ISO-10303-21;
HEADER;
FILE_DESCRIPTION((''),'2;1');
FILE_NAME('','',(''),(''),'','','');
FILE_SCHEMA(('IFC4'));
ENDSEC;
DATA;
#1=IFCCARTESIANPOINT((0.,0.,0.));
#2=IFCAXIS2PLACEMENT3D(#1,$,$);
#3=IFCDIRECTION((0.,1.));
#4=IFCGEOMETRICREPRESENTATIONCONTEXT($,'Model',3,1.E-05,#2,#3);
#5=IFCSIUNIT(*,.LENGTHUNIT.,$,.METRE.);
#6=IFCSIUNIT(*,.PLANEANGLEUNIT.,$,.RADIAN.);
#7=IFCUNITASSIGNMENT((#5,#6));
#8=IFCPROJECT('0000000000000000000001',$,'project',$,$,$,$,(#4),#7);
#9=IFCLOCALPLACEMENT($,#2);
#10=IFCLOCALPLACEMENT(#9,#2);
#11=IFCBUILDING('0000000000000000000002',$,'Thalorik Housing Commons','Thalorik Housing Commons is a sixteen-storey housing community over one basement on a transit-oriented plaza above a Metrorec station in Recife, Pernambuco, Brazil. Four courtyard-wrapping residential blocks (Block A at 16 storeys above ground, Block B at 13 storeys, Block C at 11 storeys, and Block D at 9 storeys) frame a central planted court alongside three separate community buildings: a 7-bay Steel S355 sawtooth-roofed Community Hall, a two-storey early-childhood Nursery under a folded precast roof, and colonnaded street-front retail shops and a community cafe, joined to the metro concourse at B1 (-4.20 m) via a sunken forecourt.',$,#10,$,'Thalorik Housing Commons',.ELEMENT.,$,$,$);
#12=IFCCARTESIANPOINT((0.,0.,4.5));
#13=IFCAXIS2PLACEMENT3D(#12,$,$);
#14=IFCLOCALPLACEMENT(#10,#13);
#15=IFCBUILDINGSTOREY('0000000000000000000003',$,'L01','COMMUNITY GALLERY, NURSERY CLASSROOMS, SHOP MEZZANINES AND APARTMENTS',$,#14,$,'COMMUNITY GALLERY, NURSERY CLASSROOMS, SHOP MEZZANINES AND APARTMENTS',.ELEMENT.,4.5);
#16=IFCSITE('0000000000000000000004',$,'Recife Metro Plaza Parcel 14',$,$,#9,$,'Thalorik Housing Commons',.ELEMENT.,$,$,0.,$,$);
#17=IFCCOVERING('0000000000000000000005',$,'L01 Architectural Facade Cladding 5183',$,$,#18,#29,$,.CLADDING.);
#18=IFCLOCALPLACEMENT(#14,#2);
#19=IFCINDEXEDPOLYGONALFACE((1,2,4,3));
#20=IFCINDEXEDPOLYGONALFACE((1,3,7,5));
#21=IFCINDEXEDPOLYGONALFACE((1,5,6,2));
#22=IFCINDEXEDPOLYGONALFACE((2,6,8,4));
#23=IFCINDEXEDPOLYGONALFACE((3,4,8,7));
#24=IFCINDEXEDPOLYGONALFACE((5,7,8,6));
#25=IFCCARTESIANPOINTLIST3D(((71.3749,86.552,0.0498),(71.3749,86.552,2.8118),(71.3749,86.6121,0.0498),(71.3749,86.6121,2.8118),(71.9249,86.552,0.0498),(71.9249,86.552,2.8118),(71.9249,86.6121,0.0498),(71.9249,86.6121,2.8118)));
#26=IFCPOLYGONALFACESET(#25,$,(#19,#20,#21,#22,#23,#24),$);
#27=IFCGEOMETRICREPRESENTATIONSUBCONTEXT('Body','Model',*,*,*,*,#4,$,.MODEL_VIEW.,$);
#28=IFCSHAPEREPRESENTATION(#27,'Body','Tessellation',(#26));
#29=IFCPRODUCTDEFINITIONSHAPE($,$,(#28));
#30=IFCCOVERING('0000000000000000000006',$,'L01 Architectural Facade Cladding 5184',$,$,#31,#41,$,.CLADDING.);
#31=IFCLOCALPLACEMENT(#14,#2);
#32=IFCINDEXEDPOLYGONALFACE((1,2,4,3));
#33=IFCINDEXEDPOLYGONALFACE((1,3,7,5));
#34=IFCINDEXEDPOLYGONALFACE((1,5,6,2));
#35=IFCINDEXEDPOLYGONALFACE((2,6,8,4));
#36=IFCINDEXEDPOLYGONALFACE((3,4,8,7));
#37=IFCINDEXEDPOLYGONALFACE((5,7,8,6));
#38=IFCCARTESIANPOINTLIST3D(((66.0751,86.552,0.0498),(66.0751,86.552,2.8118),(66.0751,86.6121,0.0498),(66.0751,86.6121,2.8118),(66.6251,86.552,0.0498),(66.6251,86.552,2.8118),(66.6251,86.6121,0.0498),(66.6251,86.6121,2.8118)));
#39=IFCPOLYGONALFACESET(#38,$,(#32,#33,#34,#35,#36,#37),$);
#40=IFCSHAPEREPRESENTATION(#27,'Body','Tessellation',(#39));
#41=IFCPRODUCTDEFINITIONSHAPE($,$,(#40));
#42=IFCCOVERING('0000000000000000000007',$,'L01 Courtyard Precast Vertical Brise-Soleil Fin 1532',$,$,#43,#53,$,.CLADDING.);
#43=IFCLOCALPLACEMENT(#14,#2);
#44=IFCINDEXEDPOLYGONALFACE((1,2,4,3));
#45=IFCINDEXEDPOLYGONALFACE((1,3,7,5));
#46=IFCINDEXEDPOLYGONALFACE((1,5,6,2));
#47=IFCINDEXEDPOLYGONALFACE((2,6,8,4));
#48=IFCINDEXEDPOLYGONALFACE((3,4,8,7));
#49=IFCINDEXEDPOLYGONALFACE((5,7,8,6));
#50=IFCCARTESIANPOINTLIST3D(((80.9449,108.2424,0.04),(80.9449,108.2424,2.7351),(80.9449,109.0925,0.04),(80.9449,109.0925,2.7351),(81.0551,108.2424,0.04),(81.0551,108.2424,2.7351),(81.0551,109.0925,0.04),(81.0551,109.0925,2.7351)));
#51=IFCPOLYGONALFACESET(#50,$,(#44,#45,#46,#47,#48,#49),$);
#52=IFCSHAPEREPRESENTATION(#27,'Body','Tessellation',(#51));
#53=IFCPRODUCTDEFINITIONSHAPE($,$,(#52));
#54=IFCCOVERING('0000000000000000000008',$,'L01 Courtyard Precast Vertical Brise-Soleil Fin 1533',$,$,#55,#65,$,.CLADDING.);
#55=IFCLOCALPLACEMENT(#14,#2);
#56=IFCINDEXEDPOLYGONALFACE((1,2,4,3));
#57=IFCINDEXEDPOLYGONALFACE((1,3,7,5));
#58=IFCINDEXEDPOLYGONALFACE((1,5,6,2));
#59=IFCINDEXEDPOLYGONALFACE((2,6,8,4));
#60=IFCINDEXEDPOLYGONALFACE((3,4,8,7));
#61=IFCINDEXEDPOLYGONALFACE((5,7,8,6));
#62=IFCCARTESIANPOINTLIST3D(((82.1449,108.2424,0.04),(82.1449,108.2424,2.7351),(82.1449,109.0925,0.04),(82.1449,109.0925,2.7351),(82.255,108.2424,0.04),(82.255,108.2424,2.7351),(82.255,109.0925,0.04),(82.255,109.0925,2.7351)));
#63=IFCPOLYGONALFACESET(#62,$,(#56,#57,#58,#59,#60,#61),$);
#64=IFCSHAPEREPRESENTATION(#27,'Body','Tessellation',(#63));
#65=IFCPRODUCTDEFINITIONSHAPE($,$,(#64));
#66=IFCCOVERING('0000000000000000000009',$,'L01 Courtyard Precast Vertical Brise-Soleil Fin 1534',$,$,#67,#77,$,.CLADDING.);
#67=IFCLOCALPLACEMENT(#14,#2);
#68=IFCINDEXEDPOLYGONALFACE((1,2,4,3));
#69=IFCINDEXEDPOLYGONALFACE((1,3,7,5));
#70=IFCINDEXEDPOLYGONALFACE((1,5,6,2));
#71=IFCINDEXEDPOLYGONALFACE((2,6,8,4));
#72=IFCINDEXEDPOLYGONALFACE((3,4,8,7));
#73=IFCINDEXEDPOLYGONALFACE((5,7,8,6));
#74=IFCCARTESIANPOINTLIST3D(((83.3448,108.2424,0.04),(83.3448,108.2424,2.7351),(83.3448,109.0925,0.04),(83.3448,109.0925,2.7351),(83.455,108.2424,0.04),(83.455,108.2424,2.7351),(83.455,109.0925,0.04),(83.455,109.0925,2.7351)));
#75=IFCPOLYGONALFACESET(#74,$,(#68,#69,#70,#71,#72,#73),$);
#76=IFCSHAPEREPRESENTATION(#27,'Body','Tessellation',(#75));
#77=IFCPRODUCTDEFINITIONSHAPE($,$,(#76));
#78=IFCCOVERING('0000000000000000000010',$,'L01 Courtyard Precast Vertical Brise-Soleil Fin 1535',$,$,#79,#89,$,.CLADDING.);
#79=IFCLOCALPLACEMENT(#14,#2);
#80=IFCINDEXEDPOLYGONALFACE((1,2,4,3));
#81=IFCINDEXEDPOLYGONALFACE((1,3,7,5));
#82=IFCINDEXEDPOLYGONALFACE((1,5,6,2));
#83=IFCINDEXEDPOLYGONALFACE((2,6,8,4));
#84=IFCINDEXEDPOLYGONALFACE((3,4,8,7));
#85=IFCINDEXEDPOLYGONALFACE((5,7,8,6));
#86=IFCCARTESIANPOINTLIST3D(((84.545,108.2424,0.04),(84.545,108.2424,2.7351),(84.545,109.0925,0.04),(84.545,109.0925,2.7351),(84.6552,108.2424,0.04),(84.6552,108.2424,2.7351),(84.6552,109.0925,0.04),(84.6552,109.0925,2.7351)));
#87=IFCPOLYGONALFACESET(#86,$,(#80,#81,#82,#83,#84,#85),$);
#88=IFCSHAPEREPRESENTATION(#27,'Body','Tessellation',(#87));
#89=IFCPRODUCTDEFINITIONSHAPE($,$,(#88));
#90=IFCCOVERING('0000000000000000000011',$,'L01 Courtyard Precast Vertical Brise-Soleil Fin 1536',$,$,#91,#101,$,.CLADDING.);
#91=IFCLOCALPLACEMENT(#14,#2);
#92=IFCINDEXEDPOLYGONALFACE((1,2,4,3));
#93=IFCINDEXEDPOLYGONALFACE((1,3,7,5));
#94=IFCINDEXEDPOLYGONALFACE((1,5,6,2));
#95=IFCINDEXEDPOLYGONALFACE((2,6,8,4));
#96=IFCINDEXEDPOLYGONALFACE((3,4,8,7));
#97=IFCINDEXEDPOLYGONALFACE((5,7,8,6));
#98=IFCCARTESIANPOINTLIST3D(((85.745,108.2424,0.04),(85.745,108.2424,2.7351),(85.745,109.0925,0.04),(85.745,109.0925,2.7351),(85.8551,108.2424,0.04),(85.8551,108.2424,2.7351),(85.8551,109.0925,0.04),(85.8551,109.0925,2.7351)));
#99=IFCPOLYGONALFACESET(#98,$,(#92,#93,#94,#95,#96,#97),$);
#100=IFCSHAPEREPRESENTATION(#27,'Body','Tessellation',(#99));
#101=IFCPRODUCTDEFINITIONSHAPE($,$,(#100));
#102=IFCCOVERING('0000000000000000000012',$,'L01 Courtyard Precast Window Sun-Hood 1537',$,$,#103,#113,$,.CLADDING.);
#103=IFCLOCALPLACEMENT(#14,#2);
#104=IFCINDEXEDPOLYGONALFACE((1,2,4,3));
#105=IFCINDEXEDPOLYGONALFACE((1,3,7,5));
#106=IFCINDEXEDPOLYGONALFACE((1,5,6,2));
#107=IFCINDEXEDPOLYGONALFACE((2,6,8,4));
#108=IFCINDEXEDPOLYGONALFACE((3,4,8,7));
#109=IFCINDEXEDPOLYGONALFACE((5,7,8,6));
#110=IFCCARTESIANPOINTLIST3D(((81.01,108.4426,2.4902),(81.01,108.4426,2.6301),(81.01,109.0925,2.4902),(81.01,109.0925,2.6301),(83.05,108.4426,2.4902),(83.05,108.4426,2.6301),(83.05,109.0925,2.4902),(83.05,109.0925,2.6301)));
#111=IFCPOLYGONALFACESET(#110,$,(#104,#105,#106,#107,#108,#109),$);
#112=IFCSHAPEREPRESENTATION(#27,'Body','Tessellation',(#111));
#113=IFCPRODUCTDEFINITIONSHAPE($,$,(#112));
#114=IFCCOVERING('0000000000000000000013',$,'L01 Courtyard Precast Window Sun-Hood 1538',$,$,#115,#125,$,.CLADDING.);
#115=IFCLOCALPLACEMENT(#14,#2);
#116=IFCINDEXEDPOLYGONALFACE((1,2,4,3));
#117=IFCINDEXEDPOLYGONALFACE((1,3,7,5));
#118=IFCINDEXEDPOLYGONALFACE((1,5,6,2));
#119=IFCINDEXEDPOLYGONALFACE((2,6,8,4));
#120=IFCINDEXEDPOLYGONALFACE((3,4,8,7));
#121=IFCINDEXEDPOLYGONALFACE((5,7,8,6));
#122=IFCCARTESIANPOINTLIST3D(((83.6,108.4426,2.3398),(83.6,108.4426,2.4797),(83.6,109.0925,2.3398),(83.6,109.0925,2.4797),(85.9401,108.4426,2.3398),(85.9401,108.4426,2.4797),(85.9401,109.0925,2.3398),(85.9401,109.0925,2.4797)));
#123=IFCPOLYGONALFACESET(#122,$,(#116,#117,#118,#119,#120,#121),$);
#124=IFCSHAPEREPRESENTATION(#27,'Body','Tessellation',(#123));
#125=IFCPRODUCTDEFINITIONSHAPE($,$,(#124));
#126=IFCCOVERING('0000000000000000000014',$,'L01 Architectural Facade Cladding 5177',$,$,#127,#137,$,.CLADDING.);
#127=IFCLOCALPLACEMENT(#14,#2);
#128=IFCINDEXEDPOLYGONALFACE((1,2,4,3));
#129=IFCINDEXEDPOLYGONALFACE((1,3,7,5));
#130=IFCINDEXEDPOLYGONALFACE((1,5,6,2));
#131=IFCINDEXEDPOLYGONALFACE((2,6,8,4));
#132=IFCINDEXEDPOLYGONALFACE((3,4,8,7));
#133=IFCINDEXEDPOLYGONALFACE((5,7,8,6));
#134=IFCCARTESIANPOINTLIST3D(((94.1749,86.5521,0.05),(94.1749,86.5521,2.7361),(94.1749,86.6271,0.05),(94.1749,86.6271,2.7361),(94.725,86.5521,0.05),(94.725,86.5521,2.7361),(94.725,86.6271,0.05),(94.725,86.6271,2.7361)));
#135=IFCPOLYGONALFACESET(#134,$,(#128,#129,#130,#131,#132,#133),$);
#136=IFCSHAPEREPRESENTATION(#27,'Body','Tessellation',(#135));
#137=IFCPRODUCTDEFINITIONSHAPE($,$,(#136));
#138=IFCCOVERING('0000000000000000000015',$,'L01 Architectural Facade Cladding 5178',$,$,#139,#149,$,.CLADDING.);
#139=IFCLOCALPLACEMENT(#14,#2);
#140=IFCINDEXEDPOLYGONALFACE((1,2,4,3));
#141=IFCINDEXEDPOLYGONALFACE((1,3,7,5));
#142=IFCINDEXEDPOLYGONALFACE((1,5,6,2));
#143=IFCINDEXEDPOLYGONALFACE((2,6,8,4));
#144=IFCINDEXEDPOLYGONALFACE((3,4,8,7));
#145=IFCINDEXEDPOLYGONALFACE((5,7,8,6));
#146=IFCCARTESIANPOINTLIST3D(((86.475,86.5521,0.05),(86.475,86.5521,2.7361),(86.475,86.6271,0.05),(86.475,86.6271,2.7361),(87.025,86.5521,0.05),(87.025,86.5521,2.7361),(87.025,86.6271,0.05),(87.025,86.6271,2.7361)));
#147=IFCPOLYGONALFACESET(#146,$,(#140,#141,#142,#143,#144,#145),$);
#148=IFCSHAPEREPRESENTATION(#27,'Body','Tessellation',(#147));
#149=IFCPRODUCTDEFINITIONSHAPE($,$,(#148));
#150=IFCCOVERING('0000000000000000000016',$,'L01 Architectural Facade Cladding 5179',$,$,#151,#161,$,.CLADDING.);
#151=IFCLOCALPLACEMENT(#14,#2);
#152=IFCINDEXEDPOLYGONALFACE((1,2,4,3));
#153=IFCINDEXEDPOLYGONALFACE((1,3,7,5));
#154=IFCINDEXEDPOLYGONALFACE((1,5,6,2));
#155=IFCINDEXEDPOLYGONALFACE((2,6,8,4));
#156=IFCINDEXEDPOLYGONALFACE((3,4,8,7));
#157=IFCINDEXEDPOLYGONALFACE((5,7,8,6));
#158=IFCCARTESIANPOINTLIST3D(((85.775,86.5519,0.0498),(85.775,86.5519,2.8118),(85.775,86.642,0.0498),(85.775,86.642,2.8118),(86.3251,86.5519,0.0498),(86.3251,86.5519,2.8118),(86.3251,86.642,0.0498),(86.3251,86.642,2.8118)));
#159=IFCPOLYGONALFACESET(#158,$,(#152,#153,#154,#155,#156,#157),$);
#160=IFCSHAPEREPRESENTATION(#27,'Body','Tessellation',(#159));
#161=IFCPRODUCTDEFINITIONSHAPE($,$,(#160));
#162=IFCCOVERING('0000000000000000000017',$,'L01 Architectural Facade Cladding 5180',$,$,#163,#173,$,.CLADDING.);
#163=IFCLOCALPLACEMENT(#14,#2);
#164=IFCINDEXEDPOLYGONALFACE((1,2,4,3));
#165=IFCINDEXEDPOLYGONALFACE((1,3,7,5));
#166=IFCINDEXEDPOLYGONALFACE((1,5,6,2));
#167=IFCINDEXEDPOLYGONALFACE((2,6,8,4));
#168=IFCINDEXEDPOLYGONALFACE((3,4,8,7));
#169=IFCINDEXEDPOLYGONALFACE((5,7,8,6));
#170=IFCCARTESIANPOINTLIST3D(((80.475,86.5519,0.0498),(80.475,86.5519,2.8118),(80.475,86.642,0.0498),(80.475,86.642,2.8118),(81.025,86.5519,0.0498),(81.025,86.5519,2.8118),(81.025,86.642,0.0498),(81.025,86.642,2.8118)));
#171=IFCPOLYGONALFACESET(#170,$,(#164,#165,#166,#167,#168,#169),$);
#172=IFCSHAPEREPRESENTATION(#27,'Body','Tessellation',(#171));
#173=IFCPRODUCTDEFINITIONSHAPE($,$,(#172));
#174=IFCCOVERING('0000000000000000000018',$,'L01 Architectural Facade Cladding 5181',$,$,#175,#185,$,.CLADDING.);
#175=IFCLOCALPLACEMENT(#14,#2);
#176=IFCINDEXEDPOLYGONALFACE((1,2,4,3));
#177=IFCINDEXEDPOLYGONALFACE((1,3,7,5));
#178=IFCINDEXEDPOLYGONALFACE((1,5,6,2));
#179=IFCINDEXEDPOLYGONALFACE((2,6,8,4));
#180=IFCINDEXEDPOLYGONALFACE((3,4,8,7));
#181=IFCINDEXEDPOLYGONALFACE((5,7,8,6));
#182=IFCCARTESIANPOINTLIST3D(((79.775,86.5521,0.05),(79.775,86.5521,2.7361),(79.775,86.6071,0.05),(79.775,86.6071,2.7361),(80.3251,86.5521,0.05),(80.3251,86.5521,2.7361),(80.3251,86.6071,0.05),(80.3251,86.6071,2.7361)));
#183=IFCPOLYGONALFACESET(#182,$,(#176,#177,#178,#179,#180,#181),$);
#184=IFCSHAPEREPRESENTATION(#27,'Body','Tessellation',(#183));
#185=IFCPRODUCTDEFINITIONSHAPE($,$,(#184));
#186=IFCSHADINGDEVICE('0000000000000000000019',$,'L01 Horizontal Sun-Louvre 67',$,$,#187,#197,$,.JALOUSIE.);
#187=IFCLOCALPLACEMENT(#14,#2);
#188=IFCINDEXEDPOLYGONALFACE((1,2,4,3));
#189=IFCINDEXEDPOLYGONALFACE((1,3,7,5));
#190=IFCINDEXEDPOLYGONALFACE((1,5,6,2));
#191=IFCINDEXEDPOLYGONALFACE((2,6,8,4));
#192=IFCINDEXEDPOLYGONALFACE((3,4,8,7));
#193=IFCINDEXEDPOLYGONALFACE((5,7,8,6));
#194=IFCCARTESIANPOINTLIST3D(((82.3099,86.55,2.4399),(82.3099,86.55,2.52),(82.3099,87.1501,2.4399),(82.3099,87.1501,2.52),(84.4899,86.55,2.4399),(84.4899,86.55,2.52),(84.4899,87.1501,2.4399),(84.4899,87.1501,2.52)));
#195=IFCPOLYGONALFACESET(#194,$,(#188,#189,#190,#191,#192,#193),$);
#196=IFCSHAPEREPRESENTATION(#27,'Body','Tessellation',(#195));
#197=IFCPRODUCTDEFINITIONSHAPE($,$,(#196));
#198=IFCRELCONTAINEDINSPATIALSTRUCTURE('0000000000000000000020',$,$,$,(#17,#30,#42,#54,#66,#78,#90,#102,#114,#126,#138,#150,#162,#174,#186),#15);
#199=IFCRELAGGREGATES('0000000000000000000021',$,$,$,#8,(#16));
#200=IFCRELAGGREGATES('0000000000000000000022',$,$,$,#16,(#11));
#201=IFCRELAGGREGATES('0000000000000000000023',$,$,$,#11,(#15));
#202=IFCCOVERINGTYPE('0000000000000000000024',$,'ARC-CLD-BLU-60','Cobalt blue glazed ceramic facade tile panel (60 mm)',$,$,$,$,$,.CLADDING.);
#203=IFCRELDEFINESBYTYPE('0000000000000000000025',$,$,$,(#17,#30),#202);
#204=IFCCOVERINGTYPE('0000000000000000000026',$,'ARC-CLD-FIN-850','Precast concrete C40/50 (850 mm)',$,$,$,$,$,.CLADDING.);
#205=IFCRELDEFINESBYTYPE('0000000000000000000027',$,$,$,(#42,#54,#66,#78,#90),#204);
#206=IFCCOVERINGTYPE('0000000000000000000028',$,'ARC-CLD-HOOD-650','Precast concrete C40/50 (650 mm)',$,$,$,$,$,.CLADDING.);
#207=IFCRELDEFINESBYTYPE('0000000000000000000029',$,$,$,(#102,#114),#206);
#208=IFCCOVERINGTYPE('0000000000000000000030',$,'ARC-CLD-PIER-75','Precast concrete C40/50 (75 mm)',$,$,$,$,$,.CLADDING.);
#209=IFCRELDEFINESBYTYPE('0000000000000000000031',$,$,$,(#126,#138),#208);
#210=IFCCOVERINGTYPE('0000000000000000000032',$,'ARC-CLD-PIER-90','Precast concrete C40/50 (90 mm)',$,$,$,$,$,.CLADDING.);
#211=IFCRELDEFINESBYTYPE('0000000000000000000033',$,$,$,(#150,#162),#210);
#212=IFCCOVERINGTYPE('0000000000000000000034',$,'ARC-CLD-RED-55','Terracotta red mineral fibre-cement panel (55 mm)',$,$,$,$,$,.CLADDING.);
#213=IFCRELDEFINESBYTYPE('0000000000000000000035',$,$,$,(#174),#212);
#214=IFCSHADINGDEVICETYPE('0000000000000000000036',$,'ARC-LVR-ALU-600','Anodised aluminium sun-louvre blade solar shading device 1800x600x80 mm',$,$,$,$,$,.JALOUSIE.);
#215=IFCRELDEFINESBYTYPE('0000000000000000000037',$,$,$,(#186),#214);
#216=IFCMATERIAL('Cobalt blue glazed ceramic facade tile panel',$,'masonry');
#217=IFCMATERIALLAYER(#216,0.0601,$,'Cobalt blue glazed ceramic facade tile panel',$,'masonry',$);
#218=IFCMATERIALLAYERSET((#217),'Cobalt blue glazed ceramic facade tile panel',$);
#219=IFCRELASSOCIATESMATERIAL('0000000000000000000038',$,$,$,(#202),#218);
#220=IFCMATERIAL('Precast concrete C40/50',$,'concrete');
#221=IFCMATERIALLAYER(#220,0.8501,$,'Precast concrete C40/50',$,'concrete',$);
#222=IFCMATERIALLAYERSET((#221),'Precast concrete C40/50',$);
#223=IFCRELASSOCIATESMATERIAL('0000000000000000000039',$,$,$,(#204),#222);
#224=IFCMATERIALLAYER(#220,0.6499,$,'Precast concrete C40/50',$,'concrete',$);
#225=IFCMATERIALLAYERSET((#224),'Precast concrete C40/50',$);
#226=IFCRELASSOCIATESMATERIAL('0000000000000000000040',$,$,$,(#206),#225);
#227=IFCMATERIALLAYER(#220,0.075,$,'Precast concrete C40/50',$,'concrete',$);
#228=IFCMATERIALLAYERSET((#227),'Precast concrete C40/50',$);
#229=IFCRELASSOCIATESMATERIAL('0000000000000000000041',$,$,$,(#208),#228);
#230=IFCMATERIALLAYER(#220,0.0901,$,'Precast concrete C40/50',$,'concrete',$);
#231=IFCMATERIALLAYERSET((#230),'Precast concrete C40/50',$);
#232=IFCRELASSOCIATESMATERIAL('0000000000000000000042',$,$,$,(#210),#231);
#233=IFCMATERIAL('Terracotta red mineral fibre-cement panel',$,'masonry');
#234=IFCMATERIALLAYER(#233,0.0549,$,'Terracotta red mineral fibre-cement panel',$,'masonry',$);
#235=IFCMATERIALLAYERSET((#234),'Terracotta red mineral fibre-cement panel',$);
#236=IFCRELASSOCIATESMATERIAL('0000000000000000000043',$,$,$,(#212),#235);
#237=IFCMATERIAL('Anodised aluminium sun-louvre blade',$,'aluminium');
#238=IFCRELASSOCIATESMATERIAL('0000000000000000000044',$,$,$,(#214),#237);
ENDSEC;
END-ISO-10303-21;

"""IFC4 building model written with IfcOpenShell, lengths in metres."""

from ifc_helpers import new_model, si_unit, direction, frame, origin, origin_2d, place, context, subcontext, project, spatial, rectangle, extrude, material, layer, layer_set, type_object, element, save


model = new_model("IFC4")

# Units and contexts
model_context = context("Model", 3, precision=1e-05, world=origin(), true_north=direction((0.0, 1.0)))
body_context = subcontext(model_context, "Body", "Model", "MODEL_VIEW")
ifc_project = project(units=[si_unit("LENGTHUNIT", "METRE"), si_unit("PLANEANGLEUNIT", "RADIAN")], contexts=[model_context])

# Site, building, storey
site_placement = place(None, origin())
site = spatial("IfcSite", under=ifc_project, at=site_placement, Name="Recife Metro Plaza Parcel 14", LongName="Thalorik Housing Commons", CompositionType="ELEMENT", RefElevation=0.0)
building_placement = place(site_placement, origin())
building = spatial("IfcBuilding", under=site, at=building_placement, Name="Thalorik Housing Commons", Description="Thalorik Housing Commons is a sixteen-storey housing community over one basement on a transit-oriented plaza above a Metrorec station in Recife, Pernambuco, Brazil. Four courtyard-wrapping residential blocks (Block A at 16 storeys above ground, Block B at 13 storeys, Block C at 11 storeys, and Block D at 9 storeys) frame a central planted court alongside three separate community buildings: a 7-bay Steel S355 sawtooth-roofed Community Hall, a two-storey early-childhood Nursery under a folded precast roof, and colonnaded street-front retail shops and a community cafe, joined to the metro concourse at B1 (-4.20 m) via a sunken forecourt.", LongName="Thalorik Housing Commons", CompositionType="ELEMENT")
storey_placement = place(building_placement, frame((0.0, 0.0, 4.5)))
storey = spatial("IfcBuildingStorey", under=building, at=storey_placement, Name="L01", Description="COMMUNITY GALLERY, NURSERY CLASSROOMS, SHOP MEZZANINES AND APARTMENTS", LongName="COMMUNITY GALLERY, NURSERY CLASSROOMS, SHOP MEZZANINES AND APARTMENTS", CompositionType="ELEMENT", Elevation=4.5)

# Coverings
ifc_material_1 = material(Name="Cobalt blue glazed ceramic facade tile panel", Category="masonry")
ifc_layer_1 = layer(ifc_material_1, 0.0601, Name="Cobalt blue glazed ceramic facade tile panel", Category="masonry")
ifc_layer_set_1 = layer_set([ifc_layer_1], Name="Cobalt blue glazed ceramic facade tile panel")
covering_type_1 = type_object("IfcCoveringType", Name="ARC-CLD-BLU-60", Description="Cobalt blue glazed ceramic facade tile panel (60 mm)", PredefinedType="CLADDING", material=ifc_layer_set_1)
for number, where, z_axis, x_axis, name in (
    (1, (71.6499, 86.582, 0.0498), (0.0, 0.0, 1.0), (-1.0, 0.0, 0.0), "L01 Architectural Facade Cladding 5183"),
    (2, (66.3501, 86.582, 0.0498), (0.0, 0.0, 1.0), (-1.0, 0.0, 0.0), "L01 Architectural Facade Cladding 5184"),
):
    element("IfcCovering", number, at=place(storey_placement, frame(where, z_axis=z_axis, x_axis=x_axis)), inside=storey, type_object=covering_type_1, Name=name, PredefinedType="CLADDING", context=body_context, shape_type="SweptSolid", body=[
        extrude(rectangle(XDim=0.55, YDim=0.0601, at=origin_2d()), origin(), (0.0, 0.0, 1.0), 2.762),
    ])
ifc_material_2 = material(Name="Precast concrete C40/50", Category="concrete")
ifc_layer_2 = layer(ifc_material_2, 0.8501, Name="Precast concrete C40/50", Category="concrete")
ifc_layer_set_2 = layer_set([ifc_layer_2], Name="Precast concrete C40/50")
covering_type_2 = type_object("IfcCoveringType", Name="ARC-CLD-FIN-850", Description="Precast concrete C40/50 (850 mm)", PredefinedType="CLADDING", material=ifc_layer_set_2)
for number, where, z_axis, x_axis, name in (
    (3, (81.0, 108.6675, 0.04), (0.0, 0.0, 1.0), (1.0, 0.0, 0.0), "L01 Courtyard Precast Vertical Brise-Soleil Fin 1532"),
    (4, (82.2, 108.6675, 0.04), (0.0, 0.0, 1.0), (1.0, 0.0, 0.0), "L01 Courtyard Precast Vertical Brise-Soleil Fin 1533"),
    (5, (83.3999, 108.6675, 0.04), (0.0, 0.0, 1.0), (1.0, 0.0, 0.0), "L01 Courtyard Precast Vertical Brise-Soleil Fin 1534"),
    (6, (84.6001, 108.6675, 0.04), (0.0, 0.0, 1.0), (1.0, 0.0, 0.0), "L01 Courtyard Precast Vertical Brise-Soleil Fin 1535"),
    (7, (85.8, 108.6675, 0.04), (0.0, 0.0, 1.0), (1.0, 0.0, 0.0), "L01 Courtyard Precast Vertical Brise-Soleil Fin 1536"),
):
    element("IfcCovering", number, at=place(storey_placement, frame(where, z_axis=z_axis, x_axis=x_axis)), inside=storey, type_object=covering_type_2, Name=name, PredefinedType="CLADDING", context=body_context, shape_type="SweptSolid", body=[
        extrude(rectangle(XDim=0.1101, YDim=0.8501, at=origin_2d()), origin(), (0.0, 0.0, 1.0), 2.6951),
    ])
ifc_layer_3 = layer(ifc_material_2, 0.6499, Name="Precast concrete C40/50", Category="concrete")
ifc_layer_set_3 = layer_set([ifc_layer_3], Name="Precast concrete C40/50")
covering_type_3 = type_object("IfcCoveringType", Name="ARC-CLD-HOOD-650", Description="Precast concrete C40/50 (650 mm)", PredefinedType="CLADDING", material=ifc_layer_set_3)
covering_1_placement = place(storey_placement, frame((82.03, 108.7676, 2.4902), z_axis=(0.0, 0.0, 1.0), x_axis=(1.0, 0.0, 0.0)))
element("IfcCovering", 8, at=covering_1_placement, inside=storey, type_object=covering_type_3, Name="L01 Courtyard Precast Window Sun-Hood 1537", PredefinedType="CLADDING", context=body_context, shape_type="SweptSolid", body=[
    extrude(rectangle(XDim=2.04, YDim=0.6499, at=origin_2d()), origin(), (0.0, 0.0, 1.0), 0.1399),
])
covering_2_placement = place(storey_placement, frame((84.77, 108.7676, 2.3398), z_axis=(0.0, 0.0, 1.0), x_axis=(1.0, 0.0, 0.0)))
element("IfcCovering", 9, at=covering_2_placement, inside=storey, type_object=covering_type_3, Name="L01 Courtyard Precast Window Sun-Hood 1538", PredefinedType="CLADDING", context=body_context, shape_type="SweptSolid", body=[
    extrude(rectangle(XDim=2.3401, YDim=0.6499, at=origin_2d()), origin(), (0.0, 0.0, 1.0), 0.1399),
])
ifc_layer_4 = layer(ifc_material_2, 0.075, Name="Precast concrete C40/50", Category="concrete")
ifc_layer_set_4 = layer_set([ifc_layer_4], Name="Precast concrete C40/50")
covering_type_4 = type_object("IfcCoveringType", Name="ARC-CLD-PIER-75", Description="Precast concrete C40/50 (75 mm)", PredefinedType="CLADDING", material=ifc_layer_set_4)
for number, where, z_axis, x_axis, name in (
    (10, (94.45, 86.5896, 0.05), (0.0, 0.0, 1.0), (-1.0, 0.0, 0.0), "L01 Architectural Facade Cladding 5177"),
    (11, (86.75, 86.5896, 0.05), (0.0, 0.0, 1.0), (-1.0, 0.0, 0.0), "L01 Architectural Facade Cladding 5178"),
):
    element("IfcCovering", number, at=place(storey_placement, frame(where, z_axis=z_axis, x_axis=x_axis)), inside=storey, type_object=covering_type_4, Name=name, PredefinedType="CLADDING", context=body_context, shape_type="SweptSolid", body=[
        extrude(rectangle(XDim=0.55, YDim=0.075, at=origin_2d()), origin(), (0.0, 0.0, 1.0), 2.686),
    ])
ifc_layer_5 = layer(ifc_material_2, 0.0901, Name="Precast concrete C40/50", Category="concrete")
ifc_layer_set_5 = layer_set([ifc_layer_5], Name="Precast concrete C40/50")
covering_type_5 = type_object("IfcCoveringType", Name="ARC-CLD-PIER-90", Description="Precast concrete C40/50 (90 mm)", PredefinedType="CLADDING", material=ifc_layer_set_5)
for number, where, z_axis, x_axis, name in (
    (12, (86.05, 86.5969, 0.0498), (0.0, 0.0, 1.0), (-1.0, 0.0, 0.0), "L01 Architectural Facade Cladding 5179"),
    (13, (80.75, 86.5969, 0.0498), (0.0, 0.0, 1.0), (-1.0, 0.0, 0.0), "L01 Architectural Facade Cladding 5180"),
):
    element("IfcCovering", number, at=place(storey_placement, frame(where, z_axis=z_axis, x_axis=x_axis)), inside=storey, type_object=covering_type_5, Name=name, PredefinedType="CLADDING", context=body_context, shape_type="SweptSolid", body=[
        extrude(rectangle(XDim=0.55, YDim=0.0901, at=origin_2d()), origin(), (0.0, 0.0, 1.0), 2.762),
    ])
ifc_material_3 = material(Name="Terracotta red mineral fibre-cement panel", Category="masonry")
ifc_layer_6 = layer(ifc_material_3, 0.0549, Name="Terracotta red mineral fibre-cement panel", Category="masonry")
ifc_layer_set_6 = layer_set([ifc_layer_6], Name="Terracotta red mineral fibre-cement panel")
covering_type_6 = type_object("IfcCoveringType", Name="ARC-CLD-RED-55", Description="Terracotta red mineral fibre-cement panel (55 mm)", PredefinedType="CLADDING", material=ifc_layer_set_6)
covering_3_placement = place(storey_placement, frame((80.05, 86.5796, 0.05), z_axis=(0.0, 0.0, 1.0), x_axis=(-1.0, 0.0, 0.0)))
element("IfcCovering", 14, at=covering_3_placement, inside=storey, type_object=covering_type_6, Name="L01 Architectural Facade Cladding 5181", PredefinedType="CLADDING", context=body_context, shape_type="SweptSolid", body=[
    extrude(rectangle(XDim=0.55, YDim=0.0549, at=origin_2d()), origin(), (0.0, 0.0, 1.0), 2.686),
])

# Shading device
ifc_material_4 = material(Name="Anodised aluminium sun-louvre blade", Category="aluminium")
shading_device_type_1 = type_object("IfcShadingDeviceType", Name="ARC-LVR-ALU-600", Description="Anodised aluminium sun-louvre blade solar shading device 1800x600x80 mm", PredefinedType="JALOUSIE", material=ifc_material_4)
shading_device_1_placement = place(storey_placement, frame((83.3999, 86.8501, 2.4399), z_axis=(0.0, 0.0, 1.0), x_axis=(-1.0, 0.0, 0.0)))
element("IfcShadingDevice", 15, at=shading_device_1_placement, inside=storey, type_object=shading_device_type_1, Name="L01 Horizontal Sun-Louvre 67", PredefinedType="JALOUSIE", context=body_context, shape_type="SweptSolid", body=[
    extrude(rectangle(XDim=2.1799, YDim=0.6001, at=origin_2d()), origin(), (0.0, 0.0, 1.0), 0.0801),
])

save(model, "model.ifc")
